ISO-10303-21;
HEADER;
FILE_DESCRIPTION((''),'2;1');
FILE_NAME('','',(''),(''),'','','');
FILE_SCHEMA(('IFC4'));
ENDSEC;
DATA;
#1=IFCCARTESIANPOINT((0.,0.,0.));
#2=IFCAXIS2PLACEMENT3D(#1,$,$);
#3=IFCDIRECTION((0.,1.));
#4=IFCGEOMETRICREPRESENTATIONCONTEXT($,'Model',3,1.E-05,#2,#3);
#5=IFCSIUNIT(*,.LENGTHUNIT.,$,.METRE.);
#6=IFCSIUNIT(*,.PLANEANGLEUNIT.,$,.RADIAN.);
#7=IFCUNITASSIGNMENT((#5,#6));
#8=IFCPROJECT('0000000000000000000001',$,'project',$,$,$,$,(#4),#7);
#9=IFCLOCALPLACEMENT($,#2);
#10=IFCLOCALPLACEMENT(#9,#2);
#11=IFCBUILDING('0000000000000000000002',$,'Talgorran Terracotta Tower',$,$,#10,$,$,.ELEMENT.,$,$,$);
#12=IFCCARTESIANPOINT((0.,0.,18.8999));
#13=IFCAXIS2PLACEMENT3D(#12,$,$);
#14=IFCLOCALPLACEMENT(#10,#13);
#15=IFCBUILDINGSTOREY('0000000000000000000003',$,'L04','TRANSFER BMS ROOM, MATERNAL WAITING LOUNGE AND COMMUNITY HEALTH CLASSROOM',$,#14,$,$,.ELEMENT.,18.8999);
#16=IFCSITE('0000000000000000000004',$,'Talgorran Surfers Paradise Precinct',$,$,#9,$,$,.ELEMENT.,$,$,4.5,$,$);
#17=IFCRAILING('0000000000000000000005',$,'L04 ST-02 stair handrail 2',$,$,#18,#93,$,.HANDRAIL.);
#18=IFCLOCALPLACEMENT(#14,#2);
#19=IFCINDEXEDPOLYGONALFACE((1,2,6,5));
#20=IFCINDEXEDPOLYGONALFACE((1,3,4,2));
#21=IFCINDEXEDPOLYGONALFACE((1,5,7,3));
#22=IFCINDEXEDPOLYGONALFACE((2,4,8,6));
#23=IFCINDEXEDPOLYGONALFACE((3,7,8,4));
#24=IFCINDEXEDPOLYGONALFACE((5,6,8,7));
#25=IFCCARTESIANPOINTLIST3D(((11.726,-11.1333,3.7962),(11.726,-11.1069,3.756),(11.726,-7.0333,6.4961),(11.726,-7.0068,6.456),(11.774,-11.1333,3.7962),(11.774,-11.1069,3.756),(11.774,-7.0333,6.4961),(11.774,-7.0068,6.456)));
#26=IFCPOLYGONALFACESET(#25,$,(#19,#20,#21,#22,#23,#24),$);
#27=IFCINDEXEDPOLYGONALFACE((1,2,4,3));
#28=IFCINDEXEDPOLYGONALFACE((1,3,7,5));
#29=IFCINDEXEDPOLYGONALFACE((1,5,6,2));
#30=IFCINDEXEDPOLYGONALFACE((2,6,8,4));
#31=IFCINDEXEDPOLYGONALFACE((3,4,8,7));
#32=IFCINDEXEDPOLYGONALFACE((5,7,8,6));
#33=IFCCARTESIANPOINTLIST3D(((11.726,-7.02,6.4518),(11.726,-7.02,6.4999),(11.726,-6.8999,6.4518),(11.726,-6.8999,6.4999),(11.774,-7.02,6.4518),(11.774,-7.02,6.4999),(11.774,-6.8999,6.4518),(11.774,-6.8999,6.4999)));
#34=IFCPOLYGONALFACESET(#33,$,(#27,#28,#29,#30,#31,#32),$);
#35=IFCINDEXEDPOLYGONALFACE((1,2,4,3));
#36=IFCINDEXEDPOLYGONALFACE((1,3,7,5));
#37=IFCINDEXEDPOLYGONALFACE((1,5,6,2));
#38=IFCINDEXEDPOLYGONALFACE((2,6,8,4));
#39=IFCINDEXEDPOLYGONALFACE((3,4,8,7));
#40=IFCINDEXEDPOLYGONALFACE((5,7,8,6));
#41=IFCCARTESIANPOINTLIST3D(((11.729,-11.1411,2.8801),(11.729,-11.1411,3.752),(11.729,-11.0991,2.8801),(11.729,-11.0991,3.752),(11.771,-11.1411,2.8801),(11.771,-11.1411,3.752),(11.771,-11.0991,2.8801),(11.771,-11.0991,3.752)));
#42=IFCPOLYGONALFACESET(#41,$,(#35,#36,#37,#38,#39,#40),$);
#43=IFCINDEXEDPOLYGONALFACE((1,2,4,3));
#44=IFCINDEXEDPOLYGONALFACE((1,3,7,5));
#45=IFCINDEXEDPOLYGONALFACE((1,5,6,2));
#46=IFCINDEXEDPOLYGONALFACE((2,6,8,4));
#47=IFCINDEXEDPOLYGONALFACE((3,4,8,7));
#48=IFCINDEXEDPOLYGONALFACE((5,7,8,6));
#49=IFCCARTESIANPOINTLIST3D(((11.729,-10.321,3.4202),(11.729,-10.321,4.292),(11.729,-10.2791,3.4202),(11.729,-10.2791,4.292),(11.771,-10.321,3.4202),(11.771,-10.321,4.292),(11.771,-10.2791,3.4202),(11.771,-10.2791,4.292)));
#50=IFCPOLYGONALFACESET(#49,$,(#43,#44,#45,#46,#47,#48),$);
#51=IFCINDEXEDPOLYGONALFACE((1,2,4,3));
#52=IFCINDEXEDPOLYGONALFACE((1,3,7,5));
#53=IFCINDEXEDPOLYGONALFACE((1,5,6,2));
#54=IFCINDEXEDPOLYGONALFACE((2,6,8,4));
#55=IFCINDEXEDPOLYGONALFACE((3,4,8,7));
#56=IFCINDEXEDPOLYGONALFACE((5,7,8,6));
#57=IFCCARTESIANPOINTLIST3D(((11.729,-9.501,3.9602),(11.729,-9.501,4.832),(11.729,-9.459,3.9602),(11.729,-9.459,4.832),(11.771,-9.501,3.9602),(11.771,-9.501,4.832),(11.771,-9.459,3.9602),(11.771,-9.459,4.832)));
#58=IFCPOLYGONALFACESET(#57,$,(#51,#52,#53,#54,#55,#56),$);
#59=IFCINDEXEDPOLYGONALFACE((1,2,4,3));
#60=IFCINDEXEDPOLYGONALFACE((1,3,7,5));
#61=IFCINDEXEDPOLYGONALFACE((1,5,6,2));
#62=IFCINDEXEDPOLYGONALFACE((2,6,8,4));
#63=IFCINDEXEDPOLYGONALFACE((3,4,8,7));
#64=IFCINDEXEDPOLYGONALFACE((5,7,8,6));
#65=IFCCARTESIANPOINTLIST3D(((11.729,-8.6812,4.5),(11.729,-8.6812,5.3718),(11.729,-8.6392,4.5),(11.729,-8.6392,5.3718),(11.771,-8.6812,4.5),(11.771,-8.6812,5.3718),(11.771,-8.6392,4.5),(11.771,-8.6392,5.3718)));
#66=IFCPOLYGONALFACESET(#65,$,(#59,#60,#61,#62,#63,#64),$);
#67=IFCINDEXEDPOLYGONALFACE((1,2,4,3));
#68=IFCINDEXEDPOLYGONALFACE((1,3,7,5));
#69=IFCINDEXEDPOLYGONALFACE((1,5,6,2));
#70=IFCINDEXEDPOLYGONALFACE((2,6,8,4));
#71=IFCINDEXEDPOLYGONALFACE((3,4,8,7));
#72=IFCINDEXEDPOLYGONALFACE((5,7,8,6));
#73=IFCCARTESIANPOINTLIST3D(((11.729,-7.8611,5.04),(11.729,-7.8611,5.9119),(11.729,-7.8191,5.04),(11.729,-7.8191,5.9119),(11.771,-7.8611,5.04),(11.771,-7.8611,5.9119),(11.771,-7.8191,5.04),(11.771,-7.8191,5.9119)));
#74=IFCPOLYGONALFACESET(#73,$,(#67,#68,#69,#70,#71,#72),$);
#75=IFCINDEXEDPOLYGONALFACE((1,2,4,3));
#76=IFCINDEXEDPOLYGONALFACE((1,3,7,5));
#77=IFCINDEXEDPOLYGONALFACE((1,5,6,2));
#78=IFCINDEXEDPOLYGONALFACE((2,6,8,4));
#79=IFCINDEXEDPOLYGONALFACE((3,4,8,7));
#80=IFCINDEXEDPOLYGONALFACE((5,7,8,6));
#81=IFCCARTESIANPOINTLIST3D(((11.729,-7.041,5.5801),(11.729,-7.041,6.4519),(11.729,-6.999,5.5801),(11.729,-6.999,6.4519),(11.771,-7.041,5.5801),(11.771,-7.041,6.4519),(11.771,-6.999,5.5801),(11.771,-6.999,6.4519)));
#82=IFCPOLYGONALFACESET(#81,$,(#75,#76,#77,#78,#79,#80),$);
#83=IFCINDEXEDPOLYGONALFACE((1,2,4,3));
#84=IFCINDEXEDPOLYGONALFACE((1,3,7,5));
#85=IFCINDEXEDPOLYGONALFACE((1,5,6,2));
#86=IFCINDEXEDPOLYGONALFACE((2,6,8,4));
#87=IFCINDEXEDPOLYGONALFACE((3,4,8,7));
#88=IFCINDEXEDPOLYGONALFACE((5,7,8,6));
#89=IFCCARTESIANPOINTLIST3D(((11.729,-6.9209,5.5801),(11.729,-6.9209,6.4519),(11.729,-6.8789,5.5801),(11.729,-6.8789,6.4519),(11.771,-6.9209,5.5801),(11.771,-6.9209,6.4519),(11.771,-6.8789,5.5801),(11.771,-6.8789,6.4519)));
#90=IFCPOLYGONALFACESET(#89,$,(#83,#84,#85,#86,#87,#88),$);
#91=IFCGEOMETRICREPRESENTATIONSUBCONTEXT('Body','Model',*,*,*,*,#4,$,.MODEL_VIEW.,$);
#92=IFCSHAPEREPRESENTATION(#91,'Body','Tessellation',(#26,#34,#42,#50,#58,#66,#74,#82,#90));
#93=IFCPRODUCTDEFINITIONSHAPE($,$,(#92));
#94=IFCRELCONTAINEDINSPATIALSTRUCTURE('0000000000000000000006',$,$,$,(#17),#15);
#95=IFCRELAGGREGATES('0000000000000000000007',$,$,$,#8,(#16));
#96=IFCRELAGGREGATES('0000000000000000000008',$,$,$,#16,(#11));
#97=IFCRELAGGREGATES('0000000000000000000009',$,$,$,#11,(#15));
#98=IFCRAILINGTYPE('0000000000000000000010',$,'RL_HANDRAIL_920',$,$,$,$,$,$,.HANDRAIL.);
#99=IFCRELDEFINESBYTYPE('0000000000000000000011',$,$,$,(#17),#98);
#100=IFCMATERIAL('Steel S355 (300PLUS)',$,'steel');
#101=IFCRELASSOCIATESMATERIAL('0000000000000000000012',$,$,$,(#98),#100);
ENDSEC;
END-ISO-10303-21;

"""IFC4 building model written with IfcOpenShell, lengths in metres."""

from ifc_helpers import new_model, si_unit, direction, frame, origin, origin_2d, place, context, subcontext, project, spatial, rectangle, extrude, material, type_object, element, save


model = new_model("IFC4")

# Units and contexts
model_context = context("Model", 3, precision=1e-05, world=origin(), true_north=direction((0.0, 1.0)))
body_context = subcontext(model_context, "Body", "Model", "MODEL_VIEW")
ifc_project = project(units=[si_unit("LENGTHUNIT", "METRE"), si_unit("PLANEANGLEUNIT", "RADIAN")], contexts=[model_context])

# Site, building, storey
site_placement = place(None, origin())
site = spatial("IfcSite", under=ifc_project, at=site_placement, Name="Talgorran Surfers Paradise Precinct", CompositionType="ELEMENT", RefElevation=4.5)
building_placement = place(site_placement, origin())
building = spatial("IfcBuilding", under=site, at=building_placement, Name="Talgorran Terracotta Tower", CompositionType="ELEMENT")
storey_placement = place(building_placement, frame((0.0, 0.0, 18.8999)))
storey = spatial("IfcBuildingStorey", under=building, at=storey_placement, Name="L04", Description="TRANSFER BMS ROOM, MATERNAL WAITING LOUNGE AND COMMUNITY HEALTH CLASSROOM", CompositionType="ELEMENT", Elevation=18.8999)

# Shared definitions
ifc_material_1 = material(Name="Steel S355 (300PLUS)", Category="steel")

# Railing
railing_type = type_object("IfcRailingType", Name="RL_HANDRAIL_920", PredefinedType="HANDRAIL", material=ifc_material_1)
railing_placement = place(storey_placement, frame((11.75, -11.1201, 2.8801)))
element("IfcRailing", 1, at=railing_placement, inside=storey, type_object=railing_type, Name="L04 ST-02 stair handrail 2", PredefinedType="HANDRAIL", context=body_context, shape_type="SweptSolid", body=[
    extrude(rectangle(XDim=0.0481, YDim=0.0481, at=origin_2d()), frame((0.0, 0.0, 0.896), z_axis=(0.0, 0.835181, 0.549974), x_axis=(-1.0, 0.0, 0.0)), (0.0, 0.0, 1.0), 4.9092),
    extrude(rectangle(XDim=0.0481, YDim=0.0481, at=origin_2d()), frame((0.0, 4.1001, 3.5957), z_axis=(0.0, 1.0, 0.0), x_axis=(-1.0, 0.0, 0.0)), (0.0, 0.0, 1.0), 0.1201),
    extrude(rectangle(XDim=0.042, YDim=0.042, at=origin_2d()), origin(), (0.0, 0.0, 1.0), 0.8718),
    extrude(rectangle(XDim=0.042, YDim=0.042, at=origin_2d()), frame((0.0, 0.8201, 0.54)), (0.0, 0.0, 1.0), 0.8718),
    extrude(rectangle(XDim=0.042, YDim=0.042, at=origin_2d()), frame((0.0, 1.6401, 1.0801)), (0.0, 0.0, 1.0), 0.8718),
    extrude(rectangle(XDim=0.042, YDim=0.042, at=origin_2d()), frame((0.0, 2.46, 1.6199)), (0.0, 0.0, 1.0), 0.8718),
    extrude(rectangle(XDim=0.042, YDim=0.042, at=origin_2d()), frame((0.0, 3.28, 2.1599)), (0.0, 0.0, 1.0), 0.8718),
    extrude(rectangle(XDim=0.042, YDim=0.042, at=origin_2d()), frame((0.0, 4.1001, 2.7)), (0.0, 0.0, 1.0), 0.8718),
    extrude(rectangle(XDim=0.042, YDim=0.042, at=origin_2d()), frame((0.0, 4.2202, 2.7)), (0.0, 0.0, 1.0), 0.8718),
])

save(model, "model.ifc")
